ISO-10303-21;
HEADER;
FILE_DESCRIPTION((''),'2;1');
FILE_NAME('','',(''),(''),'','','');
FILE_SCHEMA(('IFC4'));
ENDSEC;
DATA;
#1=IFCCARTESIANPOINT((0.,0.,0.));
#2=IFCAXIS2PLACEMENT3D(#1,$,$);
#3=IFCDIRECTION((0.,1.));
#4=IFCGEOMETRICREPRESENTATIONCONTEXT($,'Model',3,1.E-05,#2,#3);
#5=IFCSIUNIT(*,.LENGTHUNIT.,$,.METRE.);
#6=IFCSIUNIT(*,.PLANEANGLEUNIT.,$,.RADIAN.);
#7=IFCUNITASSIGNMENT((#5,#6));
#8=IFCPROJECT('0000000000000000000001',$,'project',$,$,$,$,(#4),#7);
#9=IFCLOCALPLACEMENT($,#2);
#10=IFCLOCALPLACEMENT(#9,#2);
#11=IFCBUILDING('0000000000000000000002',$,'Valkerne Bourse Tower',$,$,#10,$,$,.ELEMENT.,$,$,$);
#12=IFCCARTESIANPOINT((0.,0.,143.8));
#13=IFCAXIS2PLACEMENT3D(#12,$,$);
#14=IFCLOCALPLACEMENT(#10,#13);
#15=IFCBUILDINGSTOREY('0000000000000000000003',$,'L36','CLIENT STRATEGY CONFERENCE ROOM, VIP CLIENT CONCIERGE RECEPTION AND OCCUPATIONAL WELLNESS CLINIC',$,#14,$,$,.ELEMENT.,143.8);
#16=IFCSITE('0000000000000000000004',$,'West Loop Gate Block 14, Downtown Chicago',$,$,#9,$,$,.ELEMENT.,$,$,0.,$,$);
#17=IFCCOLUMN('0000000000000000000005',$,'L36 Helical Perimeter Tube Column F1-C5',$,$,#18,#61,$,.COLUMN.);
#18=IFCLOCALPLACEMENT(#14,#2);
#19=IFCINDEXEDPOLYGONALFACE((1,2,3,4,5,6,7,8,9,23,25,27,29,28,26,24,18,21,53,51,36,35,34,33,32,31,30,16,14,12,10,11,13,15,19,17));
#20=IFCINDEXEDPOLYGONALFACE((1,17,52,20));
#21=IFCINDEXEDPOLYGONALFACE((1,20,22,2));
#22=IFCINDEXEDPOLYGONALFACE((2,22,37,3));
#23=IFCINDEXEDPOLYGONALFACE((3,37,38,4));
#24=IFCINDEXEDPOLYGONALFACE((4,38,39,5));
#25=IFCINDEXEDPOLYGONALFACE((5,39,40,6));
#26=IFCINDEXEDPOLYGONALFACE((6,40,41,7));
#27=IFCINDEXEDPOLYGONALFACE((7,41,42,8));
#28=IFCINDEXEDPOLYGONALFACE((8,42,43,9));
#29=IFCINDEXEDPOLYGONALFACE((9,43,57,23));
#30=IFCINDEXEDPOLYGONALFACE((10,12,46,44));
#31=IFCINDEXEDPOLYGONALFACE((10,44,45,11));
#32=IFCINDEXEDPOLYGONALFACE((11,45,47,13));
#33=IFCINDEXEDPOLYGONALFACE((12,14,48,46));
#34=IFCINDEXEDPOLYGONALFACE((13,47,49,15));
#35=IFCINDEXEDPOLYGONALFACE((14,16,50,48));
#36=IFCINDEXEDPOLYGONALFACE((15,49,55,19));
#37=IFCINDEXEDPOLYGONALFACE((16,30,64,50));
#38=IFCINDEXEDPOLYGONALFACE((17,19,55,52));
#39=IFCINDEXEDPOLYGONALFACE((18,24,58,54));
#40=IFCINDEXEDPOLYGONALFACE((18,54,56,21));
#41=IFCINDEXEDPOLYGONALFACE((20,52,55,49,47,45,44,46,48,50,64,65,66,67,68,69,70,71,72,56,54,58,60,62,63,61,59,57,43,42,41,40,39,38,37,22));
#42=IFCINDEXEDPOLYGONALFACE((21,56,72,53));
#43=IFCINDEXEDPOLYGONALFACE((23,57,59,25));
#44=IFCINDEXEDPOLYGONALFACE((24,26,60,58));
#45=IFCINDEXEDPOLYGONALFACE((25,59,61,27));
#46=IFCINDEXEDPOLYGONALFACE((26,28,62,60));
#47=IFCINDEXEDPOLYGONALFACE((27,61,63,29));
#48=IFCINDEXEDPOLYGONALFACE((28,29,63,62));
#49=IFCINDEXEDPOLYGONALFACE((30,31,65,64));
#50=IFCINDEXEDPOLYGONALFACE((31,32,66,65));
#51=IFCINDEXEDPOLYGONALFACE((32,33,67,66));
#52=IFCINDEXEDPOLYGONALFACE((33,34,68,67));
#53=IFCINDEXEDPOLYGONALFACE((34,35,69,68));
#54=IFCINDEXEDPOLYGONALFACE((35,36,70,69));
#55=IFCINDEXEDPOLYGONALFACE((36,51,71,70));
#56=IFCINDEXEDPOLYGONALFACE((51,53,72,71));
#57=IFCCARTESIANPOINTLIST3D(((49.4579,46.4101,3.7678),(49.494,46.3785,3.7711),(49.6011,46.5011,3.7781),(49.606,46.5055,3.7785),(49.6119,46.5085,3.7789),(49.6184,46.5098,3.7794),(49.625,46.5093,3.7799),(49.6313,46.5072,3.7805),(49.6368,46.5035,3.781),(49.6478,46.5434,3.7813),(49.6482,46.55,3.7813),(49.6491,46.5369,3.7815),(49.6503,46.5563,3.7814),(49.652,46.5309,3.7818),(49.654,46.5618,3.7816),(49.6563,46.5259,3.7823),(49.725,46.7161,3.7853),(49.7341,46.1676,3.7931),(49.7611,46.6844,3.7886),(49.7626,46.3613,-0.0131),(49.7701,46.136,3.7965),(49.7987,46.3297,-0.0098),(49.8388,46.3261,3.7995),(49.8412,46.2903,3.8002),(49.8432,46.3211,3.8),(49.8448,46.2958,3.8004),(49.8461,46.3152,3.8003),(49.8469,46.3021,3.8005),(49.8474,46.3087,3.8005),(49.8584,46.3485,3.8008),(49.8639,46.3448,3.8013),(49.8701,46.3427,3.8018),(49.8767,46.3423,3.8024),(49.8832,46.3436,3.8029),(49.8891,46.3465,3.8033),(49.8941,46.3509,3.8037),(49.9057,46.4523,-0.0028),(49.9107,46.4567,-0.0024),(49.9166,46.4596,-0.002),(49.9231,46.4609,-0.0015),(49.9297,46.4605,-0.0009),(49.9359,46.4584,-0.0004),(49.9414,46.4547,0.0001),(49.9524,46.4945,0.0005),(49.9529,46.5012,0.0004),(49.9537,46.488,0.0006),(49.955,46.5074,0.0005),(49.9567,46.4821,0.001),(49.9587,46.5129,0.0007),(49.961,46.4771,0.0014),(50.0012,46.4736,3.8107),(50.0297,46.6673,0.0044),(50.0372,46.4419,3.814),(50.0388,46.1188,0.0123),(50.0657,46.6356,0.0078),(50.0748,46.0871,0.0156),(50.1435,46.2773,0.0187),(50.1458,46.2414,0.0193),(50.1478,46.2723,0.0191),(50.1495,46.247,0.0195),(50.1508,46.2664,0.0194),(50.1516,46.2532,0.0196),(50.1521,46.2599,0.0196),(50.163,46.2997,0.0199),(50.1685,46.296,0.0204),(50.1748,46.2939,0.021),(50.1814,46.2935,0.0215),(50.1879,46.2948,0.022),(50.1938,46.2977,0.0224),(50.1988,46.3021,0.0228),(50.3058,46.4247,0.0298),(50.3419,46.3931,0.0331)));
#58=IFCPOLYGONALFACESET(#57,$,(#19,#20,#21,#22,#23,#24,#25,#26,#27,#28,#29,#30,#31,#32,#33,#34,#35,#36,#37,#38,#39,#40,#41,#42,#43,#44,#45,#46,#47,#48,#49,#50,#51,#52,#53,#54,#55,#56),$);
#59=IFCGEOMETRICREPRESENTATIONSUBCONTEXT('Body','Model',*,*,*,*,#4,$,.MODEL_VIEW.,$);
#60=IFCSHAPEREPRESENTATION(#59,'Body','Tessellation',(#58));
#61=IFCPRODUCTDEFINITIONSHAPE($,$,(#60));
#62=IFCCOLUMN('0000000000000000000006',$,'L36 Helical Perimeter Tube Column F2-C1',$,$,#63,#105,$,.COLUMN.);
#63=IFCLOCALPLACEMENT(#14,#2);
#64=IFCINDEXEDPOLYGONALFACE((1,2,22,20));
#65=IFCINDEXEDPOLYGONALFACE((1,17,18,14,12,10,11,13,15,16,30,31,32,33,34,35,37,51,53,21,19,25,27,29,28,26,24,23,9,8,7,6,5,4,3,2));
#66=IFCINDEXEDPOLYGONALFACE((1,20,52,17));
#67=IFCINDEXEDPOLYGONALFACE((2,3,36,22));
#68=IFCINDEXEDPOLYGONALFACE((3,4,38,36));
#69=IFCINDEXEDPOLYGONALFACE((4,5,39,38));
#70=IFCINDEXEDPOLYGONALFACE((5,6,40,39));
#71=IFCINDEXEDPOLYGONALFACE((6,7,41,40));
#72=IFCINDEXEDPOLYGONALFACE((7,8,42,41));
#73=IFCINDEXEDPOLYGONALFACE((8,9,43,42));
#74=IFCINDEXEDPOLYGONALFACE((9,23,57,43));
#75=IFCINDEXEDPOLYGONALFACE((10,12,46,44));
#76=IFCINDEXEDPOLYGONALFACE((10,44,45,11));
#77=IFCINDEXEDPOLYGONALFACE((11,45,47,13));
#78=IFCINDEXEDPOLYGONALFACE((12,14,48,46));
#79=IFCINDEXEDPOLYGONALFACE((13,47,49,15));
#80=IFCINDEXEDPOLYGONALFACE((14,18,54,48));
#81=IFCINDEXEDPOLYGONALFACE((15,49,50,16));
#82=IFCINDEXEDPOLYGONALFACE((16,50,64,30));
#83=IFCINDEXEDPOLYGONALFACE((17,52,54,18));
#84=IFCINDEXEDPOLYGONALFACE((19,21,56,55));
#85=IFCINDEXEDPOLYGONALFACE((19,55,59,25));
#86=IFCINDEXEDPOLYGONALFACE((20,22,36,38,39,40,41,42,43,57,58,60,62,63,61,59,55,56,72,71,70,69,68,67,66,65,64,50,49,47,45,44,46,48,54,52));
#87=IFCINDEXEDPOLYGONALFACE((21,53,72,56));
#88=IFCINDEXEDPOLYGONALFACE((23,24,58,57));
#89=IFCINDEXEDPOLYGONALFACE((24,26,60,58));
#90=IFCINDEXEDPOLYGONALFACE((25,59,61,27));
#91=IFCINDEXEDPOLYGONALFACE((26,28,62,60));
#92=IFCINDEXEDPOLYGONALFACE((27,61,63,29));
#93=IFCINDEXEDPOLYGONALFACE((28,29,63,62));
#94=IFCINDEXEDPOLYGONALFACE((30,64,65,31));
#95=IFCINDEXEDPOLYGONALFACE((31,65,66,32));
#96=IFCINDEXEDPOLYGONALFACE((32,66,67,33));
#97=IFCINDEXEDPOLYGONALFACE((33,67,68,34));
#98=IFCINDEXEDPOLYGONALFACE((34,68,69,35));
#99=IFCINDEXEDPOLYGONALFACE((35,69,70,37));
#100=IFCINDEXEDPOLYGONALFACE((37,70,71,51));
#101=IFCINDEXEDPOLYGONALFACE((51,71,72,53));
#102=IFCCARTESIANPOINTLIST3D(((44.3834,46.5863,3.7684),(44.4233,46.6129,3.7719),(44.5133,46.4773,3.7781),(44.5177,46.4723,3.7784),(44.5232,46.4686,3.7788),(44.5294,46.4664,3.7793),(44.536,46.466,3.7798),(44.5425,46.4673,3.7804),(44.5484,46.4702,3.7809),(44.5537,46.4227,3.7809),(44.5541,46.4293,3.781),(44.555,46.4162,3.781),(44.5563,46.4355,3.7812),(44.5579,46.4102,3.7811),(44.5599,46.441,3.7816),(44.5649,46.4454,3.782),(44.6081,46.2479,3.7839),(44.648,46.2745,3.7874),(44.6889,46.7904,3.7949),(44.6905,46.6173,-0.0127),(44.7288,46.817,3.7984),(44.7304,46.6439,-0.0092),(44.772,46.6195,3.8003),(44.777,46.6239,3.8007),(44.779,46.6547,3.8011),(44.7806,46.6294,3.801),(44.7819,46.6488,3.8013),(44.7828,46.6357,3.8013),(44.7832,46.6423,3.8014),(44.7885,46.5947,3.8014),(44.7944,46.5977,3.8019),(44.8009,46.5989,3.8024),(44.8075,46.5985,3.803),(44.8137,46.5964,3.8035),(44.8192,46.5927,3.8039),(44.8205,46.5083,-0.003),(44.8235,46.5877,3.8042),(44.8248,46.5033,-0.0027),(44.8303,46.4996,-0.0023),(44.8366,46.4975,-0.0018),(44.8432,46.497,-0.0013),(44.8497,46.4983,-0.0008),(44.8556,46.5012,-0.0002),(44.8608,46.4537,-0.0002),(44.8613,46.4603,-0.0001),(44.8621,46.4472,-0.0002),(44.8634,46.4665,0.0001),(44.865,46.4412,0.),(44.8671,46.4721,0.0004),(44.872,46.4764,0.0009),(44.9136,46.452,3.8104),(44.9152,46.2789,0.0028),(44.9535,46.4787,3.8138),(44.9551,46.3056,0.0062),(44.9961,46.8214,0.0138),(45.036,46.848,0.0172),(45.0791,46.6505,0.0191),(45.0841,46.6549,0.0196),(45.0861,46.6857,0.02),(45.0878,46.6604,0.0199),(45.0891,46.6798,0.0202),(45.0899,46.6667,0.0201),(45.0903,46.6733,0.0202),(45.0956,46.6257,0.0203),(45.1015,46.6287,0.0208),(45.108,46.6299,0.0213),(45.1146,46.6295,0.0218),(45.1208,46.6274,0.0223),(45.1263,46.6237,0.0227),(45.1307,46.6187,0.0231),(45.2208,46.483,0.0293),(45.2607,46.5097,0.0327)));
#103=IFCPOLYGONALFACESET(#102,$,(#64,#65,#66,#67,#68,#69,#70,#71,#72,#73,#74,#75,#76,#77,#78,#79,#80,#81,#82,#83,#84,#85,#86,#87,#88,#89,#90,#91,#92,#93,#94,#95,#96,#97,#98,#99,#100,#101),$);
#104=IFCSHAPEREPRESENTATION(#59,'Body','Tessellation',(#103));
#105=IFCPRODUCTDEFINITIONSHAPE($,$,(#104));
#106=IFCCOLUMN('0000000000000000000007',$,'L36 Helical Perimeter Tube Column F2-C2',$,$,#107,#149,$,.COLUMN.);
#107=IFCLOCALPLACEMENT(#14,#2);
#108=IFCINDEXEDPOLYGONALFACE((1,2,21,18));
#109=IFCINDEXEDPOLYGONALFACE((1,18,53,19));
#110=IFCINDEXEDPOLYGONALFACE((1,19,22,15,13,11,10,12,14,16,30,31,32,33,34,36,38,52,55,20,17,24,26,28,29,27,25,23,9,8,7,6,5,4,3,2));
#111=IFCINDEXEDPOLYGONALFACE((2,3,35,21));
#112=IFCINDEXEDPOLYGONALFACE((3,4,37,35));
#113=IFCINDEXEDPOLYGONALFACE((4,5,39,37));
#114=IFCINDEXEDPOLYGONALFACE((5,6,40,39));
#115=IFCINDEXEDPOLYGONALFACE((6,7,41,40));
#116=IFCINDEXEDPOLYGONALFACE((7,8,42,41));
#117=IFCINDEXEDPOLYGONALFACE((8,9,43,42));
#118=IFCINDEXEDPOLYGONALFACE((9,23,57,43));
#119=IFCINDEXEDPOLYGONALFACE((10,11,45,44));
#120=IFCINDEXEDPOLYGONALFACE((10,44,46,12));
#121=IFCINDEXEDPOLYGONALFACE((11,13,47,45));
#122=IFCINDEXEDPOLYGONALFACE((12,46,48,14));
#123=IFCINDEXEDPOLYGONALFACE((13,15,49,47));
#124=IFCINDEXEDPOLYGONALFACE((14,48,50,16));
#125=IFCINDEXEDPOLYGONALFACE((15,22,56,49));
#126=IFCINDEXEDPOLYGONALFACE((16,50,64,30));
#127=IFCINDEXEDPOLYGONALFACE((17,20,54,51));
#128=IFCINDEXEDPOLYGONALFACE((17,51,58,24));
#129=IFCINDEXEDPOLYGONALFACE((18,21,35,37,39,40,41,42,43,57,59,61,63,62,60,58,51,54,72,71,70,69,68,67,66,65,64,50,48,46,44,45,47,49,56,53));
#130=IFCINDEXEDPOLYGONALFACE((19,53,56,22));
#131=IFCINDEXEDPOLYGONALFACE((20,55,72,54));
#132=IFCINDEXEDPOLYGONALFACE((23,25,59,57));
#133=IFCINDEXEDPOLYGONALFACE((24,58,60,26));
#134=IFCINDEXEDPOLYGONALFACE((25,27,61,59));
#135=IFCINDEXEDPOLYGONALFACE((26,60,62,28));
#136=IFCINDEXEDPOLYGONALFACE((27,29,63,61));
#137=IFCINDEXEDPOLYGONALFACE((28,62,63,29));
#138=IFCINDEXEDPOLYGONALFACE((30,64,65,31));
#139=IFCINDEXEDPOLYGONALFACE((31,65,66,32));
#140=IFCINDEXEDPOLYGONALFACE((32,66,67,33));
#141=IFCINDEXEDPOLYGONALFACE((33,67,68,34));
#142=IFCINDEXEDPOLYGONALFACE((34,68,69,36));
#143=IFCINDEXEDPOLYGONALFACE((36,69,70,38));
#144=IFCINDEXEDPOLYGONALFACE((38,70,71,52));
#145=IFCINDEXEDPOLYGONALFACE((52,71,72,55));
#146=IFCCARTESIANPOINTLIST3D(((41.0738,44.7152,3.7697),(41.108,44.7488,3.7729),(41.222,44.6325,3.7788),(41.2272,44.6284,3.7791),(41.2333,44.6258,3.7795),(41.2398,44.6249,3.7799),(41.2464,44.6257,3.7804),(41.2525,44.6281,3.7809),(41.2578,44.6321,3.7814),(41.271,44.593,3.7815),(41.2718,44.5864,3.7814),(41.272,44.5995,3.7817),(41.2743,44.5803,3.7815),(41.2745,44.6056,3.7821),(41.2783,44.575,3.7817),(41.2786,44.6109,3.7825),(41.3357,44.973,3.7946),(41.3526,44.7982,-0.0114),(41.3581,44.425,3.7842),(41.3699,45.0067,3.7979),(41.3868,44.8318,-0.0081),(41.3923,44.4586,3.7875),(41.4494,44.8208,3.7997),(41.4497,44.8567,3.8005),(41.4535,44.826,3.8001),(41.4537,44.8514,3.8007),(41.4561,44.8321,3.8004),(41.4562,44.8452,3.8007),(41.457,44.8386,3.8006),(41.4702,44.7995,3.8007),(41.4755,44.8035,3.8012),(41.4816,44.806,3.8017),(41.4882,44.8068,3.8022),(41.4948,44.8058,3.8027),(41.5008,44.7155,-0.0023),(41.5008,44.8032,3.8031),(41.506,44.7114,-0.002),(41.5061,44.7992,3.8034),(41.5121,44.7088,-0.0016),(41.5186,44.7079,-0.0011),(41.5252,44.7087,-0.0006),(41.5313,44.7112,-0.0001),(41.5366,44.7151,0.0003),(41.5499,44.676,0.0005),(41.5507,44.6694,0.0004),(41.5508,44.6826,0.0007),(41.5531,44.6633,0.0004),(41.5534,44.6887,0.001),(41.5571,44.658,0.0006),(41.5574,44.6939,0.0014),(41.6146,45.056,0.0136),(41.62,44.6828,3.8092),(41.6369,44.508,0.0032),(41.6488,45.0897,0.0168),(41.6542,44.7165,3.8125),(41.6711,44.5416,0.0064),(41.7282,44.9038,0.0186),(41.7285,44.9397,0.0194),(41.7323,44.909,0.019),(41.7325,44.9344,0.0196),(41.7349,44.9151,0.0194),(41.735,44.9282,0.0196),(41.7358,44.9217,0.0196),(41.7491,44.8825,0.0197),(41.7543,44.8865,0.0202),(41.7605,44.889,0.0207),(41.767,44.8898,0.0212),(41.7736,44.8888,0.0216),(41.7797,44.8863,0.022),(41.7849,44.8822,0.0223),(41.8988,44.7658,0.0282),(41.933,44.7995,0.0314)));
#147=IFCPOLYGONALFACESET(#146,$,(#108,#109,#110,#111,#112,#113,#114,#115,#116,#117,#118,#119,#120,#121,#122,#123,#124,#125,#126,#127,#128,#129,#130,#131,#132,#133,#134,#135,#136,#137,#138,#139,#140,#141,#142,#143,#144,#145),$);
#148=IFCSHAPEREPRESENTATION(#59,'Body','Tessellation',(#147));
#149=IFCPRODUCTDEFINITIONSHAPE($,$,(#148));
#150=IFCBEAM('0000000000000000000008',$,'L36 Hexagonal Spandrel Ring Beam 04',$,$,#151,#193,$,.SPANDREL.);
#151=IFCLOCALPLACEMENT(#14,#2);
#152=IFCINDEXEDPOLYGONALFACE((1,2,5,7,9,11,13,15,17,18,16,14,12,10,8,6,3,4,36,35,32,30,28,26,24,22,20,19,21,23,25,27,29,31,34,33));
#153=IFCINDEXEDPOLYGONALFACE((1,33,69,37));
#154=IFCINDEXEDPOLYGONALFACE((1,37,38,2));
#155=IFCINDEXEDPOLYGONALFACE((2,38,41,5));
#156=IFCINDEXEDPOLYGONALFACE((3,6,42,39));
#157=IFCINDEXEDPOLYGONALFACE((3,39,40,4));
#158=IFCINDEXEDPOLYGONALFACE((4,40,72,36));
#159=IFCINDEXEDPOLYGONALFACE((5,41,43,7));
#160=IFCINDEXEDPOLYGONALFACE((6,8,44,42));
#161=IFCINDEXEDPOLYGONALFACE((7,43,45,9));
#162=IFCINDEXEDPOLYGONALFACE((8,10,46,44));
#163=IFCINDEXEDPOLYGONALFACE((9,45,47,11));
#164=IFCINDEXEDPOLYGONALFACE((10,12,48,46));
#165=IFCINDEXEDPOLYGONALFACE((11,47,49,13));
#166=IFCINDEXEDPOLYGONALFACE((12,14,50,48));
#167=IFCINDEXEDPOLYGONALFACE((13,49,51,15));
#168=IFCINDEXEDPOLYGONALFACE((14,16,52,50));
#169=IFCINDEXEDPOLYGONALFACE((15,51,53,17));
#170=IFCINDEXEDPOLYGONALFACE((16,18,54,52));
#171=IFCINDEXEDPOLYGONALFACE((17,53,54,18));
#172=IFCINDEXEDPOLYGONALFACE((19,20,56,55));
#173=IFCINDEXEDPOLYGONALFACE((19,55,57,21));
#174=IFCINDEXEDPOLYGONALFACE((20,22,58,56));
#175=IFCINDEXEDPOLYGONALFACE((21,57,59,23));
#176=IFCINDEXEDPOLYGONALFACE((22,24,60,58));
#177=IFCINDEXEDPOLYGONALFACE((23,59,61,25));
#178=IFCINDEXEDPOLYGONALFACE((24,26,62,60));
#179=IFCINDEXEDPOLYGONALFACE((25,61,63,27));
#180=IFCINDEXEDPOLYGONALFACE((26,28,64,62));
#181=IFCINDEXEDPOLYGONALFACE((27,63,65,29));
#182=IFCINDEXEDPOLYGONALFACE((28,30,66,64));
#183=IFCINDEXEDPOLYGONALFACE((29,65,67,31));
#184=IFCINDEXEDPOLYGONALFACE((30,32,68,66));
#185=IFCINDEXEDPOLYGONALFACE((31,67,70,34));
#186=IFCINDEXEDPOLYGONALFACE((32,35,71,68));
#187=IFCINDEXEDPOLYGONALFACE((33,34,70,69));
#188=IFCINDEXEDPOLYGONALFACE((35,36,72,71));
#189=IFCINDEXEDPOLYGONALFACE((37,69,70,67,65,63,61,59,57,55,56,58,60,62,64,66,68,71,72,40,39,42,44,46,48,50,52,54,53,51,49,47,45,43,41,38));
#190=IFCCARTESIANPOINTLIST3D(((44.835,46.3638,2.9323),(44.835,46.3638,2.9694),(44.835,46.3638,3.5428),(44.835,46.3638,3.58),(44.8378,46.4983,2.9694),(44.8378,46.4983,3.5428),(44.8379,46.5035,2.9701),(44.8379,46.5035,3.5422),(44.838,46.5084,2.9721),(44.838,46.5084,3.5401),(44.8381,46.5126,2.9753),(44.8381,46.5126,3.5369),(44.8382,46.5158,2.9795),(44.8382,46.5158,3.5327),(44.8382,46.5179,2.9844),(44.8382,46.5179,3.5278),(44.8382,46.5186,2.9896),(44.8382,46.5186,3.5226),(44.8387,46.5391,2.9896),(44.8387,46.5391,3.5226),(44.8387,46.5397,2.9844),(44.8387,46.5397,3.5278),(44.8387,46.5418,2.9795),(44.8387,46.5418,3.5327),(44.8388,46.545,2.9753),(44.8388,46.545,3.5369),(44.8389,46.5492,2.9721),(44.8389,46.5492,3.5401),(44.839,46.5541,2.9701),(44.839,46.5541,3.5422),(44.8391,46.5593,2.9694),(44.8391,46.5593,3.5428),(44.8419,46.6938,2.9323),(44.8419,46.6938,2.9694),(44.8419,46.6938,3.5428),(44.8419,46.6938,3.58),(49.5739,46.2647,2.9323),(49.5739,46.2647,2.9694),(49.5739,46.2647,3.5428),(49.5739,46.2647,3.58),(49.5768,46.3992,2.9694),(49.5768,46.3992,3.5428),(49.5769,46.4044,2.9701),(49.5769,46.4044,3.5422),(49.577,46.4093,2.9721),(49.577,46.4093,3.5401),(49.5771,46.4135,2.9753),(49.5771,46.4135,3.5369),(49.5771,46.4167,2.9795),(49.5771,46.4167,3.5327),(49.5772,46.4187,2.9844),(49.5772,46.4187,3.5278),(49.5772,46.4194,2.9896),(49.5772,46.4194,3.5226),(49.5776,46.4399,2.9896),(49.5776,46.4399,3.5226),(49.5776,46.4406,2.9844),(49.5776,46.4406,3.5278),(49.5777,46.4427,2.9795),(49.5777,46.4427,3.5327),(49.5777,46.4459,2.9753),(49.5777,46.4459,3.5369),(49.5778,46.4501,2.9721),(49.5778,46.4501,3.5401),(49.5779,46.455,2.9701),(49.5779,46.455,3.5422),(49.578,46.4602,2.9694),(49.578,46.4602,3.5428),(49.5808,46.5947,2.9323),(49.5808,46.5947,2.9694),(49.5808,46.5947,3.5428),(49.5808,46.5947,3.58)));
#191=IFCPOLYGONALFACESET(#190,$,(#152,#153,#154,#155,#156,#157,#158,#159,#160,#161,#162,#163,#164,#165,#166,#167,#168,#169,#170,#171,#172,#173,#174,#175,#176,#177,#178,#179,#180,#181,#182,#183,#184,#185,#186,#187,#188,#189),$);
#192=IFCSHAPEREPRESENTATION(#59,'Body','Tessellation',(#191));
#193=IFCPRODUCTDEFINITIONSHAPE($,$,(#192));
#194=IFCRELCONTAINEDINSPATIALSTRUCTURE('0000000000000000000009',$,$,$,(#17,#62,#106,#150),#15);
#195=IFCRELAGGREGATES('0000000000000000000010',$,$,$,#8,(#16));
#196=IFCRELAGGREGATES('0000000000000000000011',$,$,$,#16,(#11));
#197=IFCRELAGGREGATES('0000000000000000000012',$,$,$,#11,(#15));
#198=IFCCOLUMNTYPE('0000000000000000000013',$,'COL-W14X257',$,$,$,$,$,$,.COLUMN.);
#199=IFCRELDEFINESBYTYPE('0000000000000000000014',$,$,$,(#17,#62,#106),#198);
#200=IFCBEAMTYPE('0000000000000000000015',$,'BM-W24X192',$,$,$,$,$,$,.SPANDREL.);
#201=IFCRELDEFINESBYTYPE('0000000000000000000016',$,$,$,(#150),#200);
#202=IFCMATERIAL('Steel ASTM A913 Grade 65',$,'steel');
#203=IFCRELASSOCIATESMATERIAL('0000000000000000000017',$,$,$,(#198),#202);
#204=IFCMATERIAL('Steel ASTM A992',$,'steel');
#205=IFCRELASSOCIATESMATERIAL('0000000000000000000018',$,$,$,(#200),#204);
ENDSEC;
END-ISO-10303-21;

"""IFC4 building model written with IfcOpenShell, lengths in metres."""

from ifc_helpers import new_model, si_unit, direction, frame, origin, origin_2d, place, context, subcontext, project, spatial, i_section, extrude, material, material_profile, profile_set, type_object, element, save


model = new_model("IFC4")

# Units and contexts
model_context = context("Model", 3, precision=1e-05, world=origin(), true_north=direction((0.0, 1.0)))
body_context = subcontext(model_context, "Body", "Model", "MODEL_VIEW")
ifc_project = project(units=[si_unit("LENGTHUNIT", "METRE"), si_unit("PLANEANGLEUNIT", "RADIAN")], contexts=[model_context])

# Site, building, storey
site_placement = place(None, origin())
site = spatial("IfcSite", under=ifc_project, at=site_placement, Name="West Loop Gate Block 14, Downtown Chicago", CompositionType="ELEMENT", RefElevation=0.0)
building_placement = place(site_placement, origin())
building = spatial("IfcBuilding", under=site, at=building_placement, Name="Valkerne Bourse Tower", CompositionType="ELEMENT")
storey_placement = place(building_placement, frame((0.0, 0.0, 143.8)))
storey = spatial("IfcBuildingStorey", under=building, at=storey_placement, Name="L36", Description="CLIENT STRATEGY CONFERENCE ROOM, VIP CLIENT CONCIERGE RECEPTION AND OCCUPATIONAL WELLNESS CLINIC", CompositionType="ELEMENT", Elevation=143.8)

# Columns
ifc_material_1 = material(Name="Steel ASTM A913 Grade 65", Category="steel")
ifc_material_profile_1 = material_profile(ifc_material_1, i_section(OverallWidth=0.4065, OverallDepth=0.4165, WebThickness=0.0298, FlangeThickness=0.0481, FilletRadius=0.0254, at=origin_2d()), Name="W14X257")
ifc_profile_set_1 = profile_set([ifc_material_profile_1], Name="Steel ASTM A913 Grade 65")
column_type = type_object("IfcColumnType", Name="COL-W14X257", PredefinedType="COLUMN", material=ifc_profile_set_1)
column_1_placement = place(storey_placement, frame((50.0522, 46.3772, 0.01), z_axis=(-0.080317, 0.012871, 0.996686), x_axis=(0.657011, 0.752641, 0.043225)))
element("IfcColumn", 1, at=column_1_placement, inside=storey, type_object=column_type, Name="L36 Helical Perimeter Tube Column F1-C5", PredefinedType="COLUMN", context=body_context, shape_type="SweptSolid", body=[
    extrude(i_section(OverallWidth=0.4065, OverallDepth=0.4165, WebThickness=0.0298, FlangeThickness=0.0481, FilletRadius=0.0254, at=origin_2d()), origin(), (0.0, 0.0, 1.0), 3.7935),
])
column_2_placement = place(storey_placement, frame((44.9756, 46.5635, 0.01), z_axis=(-0.08096, -0.008173, 0.996684), x_axis=(-0.552788, 0.832452, -0.038076)))
element("IfcColumn", 2, at=column_2_placement, inside=storey, type_object=column_type, Name="L36 Helical Perimeter Tube Column F2-C1", PredefinedType="COLUMN", context=body_context, shape_type="SweptSolid", body=[
    extrude(i_section(OverallWidth=0.4065, OverallDepth=0.4165, WebThickness=0.0298, FlangeThickness=0.0481, FilletRadius=0.0254, at=origin_2d()), origin(), (0.0, 0.0, 1.0), 3.7937),
])
column_3_placement = place(storey_placement, frame((41.6428, 44.7988, 0.01), z_axis=(-0.073522, -0.021889, 0.997053), x_axis=(-0.699332, 0.713895, -0.035895)))
element("IfcColumn", 3, at=column_3_placement, inside=storey, type_object=column_type, Name="L36 Helical Perimeter Tube Column F2-C2", PredefinedType="COLUMN", context=body_context, shape_type="SweptSolid", body=[
    extrude(i_section(OverallWidth=0.4065, OverallDepth=0.4165, WebThickness=0.0298, FlangeThickness=0.0481, FilletRadius=0.0254, at=origin_2d()), origin(), (0.0, 0.0, 1.0), 3.7922),
])

# Beam
ifc_material_2 = material(Name="Steel ASTM A992", Category="steel")
ifc_material_profile_2 = material_profile(ifc_material_2, i_section(OverallWidth=0.3301, OverallDepth=0.6477, WebThickness=0.0205, FlangeThickness=0.0371, FilletRadius=0.0203, at=origin_2d()), Name="W24X192")
ifc_profile_set_2 = profile_set([ifc_material_profile_2], Name="Steel ASTM A992")
beam_type_1 = type_object("IfcBeamType", Name="BM-W24X192", PredefinedType="SPANDREL", material=ifc_profile_set_2)
beam_1_placement = place(storey_placement, frame((49.5774, 46.4297, 3.2561), z_axis=(-0.999781, 0.020911, 0.0), x_axis=(-0.020911, -0.999781, 0.0)))
element("IfcBeam", 4, at=beam_1_placement, inside=storey, type_object=beam_type_1, Name="L36 Hexagonal Spandrel Ring Beam 04", PredefinedType="SPANDREL", context=body_context, shape_type="SweptSolid", body=[
    extrude(i_section(OverallWidth=0.3301, OverallDepth=0.6477, WebThickness=0.0205, FlangeThickness=0.0371, FilletRadius=0.0203, at=origin_2d()), origin(), (0.0, 0.0, 1.0), 4.74),
])

save(model, "model.ifc")
